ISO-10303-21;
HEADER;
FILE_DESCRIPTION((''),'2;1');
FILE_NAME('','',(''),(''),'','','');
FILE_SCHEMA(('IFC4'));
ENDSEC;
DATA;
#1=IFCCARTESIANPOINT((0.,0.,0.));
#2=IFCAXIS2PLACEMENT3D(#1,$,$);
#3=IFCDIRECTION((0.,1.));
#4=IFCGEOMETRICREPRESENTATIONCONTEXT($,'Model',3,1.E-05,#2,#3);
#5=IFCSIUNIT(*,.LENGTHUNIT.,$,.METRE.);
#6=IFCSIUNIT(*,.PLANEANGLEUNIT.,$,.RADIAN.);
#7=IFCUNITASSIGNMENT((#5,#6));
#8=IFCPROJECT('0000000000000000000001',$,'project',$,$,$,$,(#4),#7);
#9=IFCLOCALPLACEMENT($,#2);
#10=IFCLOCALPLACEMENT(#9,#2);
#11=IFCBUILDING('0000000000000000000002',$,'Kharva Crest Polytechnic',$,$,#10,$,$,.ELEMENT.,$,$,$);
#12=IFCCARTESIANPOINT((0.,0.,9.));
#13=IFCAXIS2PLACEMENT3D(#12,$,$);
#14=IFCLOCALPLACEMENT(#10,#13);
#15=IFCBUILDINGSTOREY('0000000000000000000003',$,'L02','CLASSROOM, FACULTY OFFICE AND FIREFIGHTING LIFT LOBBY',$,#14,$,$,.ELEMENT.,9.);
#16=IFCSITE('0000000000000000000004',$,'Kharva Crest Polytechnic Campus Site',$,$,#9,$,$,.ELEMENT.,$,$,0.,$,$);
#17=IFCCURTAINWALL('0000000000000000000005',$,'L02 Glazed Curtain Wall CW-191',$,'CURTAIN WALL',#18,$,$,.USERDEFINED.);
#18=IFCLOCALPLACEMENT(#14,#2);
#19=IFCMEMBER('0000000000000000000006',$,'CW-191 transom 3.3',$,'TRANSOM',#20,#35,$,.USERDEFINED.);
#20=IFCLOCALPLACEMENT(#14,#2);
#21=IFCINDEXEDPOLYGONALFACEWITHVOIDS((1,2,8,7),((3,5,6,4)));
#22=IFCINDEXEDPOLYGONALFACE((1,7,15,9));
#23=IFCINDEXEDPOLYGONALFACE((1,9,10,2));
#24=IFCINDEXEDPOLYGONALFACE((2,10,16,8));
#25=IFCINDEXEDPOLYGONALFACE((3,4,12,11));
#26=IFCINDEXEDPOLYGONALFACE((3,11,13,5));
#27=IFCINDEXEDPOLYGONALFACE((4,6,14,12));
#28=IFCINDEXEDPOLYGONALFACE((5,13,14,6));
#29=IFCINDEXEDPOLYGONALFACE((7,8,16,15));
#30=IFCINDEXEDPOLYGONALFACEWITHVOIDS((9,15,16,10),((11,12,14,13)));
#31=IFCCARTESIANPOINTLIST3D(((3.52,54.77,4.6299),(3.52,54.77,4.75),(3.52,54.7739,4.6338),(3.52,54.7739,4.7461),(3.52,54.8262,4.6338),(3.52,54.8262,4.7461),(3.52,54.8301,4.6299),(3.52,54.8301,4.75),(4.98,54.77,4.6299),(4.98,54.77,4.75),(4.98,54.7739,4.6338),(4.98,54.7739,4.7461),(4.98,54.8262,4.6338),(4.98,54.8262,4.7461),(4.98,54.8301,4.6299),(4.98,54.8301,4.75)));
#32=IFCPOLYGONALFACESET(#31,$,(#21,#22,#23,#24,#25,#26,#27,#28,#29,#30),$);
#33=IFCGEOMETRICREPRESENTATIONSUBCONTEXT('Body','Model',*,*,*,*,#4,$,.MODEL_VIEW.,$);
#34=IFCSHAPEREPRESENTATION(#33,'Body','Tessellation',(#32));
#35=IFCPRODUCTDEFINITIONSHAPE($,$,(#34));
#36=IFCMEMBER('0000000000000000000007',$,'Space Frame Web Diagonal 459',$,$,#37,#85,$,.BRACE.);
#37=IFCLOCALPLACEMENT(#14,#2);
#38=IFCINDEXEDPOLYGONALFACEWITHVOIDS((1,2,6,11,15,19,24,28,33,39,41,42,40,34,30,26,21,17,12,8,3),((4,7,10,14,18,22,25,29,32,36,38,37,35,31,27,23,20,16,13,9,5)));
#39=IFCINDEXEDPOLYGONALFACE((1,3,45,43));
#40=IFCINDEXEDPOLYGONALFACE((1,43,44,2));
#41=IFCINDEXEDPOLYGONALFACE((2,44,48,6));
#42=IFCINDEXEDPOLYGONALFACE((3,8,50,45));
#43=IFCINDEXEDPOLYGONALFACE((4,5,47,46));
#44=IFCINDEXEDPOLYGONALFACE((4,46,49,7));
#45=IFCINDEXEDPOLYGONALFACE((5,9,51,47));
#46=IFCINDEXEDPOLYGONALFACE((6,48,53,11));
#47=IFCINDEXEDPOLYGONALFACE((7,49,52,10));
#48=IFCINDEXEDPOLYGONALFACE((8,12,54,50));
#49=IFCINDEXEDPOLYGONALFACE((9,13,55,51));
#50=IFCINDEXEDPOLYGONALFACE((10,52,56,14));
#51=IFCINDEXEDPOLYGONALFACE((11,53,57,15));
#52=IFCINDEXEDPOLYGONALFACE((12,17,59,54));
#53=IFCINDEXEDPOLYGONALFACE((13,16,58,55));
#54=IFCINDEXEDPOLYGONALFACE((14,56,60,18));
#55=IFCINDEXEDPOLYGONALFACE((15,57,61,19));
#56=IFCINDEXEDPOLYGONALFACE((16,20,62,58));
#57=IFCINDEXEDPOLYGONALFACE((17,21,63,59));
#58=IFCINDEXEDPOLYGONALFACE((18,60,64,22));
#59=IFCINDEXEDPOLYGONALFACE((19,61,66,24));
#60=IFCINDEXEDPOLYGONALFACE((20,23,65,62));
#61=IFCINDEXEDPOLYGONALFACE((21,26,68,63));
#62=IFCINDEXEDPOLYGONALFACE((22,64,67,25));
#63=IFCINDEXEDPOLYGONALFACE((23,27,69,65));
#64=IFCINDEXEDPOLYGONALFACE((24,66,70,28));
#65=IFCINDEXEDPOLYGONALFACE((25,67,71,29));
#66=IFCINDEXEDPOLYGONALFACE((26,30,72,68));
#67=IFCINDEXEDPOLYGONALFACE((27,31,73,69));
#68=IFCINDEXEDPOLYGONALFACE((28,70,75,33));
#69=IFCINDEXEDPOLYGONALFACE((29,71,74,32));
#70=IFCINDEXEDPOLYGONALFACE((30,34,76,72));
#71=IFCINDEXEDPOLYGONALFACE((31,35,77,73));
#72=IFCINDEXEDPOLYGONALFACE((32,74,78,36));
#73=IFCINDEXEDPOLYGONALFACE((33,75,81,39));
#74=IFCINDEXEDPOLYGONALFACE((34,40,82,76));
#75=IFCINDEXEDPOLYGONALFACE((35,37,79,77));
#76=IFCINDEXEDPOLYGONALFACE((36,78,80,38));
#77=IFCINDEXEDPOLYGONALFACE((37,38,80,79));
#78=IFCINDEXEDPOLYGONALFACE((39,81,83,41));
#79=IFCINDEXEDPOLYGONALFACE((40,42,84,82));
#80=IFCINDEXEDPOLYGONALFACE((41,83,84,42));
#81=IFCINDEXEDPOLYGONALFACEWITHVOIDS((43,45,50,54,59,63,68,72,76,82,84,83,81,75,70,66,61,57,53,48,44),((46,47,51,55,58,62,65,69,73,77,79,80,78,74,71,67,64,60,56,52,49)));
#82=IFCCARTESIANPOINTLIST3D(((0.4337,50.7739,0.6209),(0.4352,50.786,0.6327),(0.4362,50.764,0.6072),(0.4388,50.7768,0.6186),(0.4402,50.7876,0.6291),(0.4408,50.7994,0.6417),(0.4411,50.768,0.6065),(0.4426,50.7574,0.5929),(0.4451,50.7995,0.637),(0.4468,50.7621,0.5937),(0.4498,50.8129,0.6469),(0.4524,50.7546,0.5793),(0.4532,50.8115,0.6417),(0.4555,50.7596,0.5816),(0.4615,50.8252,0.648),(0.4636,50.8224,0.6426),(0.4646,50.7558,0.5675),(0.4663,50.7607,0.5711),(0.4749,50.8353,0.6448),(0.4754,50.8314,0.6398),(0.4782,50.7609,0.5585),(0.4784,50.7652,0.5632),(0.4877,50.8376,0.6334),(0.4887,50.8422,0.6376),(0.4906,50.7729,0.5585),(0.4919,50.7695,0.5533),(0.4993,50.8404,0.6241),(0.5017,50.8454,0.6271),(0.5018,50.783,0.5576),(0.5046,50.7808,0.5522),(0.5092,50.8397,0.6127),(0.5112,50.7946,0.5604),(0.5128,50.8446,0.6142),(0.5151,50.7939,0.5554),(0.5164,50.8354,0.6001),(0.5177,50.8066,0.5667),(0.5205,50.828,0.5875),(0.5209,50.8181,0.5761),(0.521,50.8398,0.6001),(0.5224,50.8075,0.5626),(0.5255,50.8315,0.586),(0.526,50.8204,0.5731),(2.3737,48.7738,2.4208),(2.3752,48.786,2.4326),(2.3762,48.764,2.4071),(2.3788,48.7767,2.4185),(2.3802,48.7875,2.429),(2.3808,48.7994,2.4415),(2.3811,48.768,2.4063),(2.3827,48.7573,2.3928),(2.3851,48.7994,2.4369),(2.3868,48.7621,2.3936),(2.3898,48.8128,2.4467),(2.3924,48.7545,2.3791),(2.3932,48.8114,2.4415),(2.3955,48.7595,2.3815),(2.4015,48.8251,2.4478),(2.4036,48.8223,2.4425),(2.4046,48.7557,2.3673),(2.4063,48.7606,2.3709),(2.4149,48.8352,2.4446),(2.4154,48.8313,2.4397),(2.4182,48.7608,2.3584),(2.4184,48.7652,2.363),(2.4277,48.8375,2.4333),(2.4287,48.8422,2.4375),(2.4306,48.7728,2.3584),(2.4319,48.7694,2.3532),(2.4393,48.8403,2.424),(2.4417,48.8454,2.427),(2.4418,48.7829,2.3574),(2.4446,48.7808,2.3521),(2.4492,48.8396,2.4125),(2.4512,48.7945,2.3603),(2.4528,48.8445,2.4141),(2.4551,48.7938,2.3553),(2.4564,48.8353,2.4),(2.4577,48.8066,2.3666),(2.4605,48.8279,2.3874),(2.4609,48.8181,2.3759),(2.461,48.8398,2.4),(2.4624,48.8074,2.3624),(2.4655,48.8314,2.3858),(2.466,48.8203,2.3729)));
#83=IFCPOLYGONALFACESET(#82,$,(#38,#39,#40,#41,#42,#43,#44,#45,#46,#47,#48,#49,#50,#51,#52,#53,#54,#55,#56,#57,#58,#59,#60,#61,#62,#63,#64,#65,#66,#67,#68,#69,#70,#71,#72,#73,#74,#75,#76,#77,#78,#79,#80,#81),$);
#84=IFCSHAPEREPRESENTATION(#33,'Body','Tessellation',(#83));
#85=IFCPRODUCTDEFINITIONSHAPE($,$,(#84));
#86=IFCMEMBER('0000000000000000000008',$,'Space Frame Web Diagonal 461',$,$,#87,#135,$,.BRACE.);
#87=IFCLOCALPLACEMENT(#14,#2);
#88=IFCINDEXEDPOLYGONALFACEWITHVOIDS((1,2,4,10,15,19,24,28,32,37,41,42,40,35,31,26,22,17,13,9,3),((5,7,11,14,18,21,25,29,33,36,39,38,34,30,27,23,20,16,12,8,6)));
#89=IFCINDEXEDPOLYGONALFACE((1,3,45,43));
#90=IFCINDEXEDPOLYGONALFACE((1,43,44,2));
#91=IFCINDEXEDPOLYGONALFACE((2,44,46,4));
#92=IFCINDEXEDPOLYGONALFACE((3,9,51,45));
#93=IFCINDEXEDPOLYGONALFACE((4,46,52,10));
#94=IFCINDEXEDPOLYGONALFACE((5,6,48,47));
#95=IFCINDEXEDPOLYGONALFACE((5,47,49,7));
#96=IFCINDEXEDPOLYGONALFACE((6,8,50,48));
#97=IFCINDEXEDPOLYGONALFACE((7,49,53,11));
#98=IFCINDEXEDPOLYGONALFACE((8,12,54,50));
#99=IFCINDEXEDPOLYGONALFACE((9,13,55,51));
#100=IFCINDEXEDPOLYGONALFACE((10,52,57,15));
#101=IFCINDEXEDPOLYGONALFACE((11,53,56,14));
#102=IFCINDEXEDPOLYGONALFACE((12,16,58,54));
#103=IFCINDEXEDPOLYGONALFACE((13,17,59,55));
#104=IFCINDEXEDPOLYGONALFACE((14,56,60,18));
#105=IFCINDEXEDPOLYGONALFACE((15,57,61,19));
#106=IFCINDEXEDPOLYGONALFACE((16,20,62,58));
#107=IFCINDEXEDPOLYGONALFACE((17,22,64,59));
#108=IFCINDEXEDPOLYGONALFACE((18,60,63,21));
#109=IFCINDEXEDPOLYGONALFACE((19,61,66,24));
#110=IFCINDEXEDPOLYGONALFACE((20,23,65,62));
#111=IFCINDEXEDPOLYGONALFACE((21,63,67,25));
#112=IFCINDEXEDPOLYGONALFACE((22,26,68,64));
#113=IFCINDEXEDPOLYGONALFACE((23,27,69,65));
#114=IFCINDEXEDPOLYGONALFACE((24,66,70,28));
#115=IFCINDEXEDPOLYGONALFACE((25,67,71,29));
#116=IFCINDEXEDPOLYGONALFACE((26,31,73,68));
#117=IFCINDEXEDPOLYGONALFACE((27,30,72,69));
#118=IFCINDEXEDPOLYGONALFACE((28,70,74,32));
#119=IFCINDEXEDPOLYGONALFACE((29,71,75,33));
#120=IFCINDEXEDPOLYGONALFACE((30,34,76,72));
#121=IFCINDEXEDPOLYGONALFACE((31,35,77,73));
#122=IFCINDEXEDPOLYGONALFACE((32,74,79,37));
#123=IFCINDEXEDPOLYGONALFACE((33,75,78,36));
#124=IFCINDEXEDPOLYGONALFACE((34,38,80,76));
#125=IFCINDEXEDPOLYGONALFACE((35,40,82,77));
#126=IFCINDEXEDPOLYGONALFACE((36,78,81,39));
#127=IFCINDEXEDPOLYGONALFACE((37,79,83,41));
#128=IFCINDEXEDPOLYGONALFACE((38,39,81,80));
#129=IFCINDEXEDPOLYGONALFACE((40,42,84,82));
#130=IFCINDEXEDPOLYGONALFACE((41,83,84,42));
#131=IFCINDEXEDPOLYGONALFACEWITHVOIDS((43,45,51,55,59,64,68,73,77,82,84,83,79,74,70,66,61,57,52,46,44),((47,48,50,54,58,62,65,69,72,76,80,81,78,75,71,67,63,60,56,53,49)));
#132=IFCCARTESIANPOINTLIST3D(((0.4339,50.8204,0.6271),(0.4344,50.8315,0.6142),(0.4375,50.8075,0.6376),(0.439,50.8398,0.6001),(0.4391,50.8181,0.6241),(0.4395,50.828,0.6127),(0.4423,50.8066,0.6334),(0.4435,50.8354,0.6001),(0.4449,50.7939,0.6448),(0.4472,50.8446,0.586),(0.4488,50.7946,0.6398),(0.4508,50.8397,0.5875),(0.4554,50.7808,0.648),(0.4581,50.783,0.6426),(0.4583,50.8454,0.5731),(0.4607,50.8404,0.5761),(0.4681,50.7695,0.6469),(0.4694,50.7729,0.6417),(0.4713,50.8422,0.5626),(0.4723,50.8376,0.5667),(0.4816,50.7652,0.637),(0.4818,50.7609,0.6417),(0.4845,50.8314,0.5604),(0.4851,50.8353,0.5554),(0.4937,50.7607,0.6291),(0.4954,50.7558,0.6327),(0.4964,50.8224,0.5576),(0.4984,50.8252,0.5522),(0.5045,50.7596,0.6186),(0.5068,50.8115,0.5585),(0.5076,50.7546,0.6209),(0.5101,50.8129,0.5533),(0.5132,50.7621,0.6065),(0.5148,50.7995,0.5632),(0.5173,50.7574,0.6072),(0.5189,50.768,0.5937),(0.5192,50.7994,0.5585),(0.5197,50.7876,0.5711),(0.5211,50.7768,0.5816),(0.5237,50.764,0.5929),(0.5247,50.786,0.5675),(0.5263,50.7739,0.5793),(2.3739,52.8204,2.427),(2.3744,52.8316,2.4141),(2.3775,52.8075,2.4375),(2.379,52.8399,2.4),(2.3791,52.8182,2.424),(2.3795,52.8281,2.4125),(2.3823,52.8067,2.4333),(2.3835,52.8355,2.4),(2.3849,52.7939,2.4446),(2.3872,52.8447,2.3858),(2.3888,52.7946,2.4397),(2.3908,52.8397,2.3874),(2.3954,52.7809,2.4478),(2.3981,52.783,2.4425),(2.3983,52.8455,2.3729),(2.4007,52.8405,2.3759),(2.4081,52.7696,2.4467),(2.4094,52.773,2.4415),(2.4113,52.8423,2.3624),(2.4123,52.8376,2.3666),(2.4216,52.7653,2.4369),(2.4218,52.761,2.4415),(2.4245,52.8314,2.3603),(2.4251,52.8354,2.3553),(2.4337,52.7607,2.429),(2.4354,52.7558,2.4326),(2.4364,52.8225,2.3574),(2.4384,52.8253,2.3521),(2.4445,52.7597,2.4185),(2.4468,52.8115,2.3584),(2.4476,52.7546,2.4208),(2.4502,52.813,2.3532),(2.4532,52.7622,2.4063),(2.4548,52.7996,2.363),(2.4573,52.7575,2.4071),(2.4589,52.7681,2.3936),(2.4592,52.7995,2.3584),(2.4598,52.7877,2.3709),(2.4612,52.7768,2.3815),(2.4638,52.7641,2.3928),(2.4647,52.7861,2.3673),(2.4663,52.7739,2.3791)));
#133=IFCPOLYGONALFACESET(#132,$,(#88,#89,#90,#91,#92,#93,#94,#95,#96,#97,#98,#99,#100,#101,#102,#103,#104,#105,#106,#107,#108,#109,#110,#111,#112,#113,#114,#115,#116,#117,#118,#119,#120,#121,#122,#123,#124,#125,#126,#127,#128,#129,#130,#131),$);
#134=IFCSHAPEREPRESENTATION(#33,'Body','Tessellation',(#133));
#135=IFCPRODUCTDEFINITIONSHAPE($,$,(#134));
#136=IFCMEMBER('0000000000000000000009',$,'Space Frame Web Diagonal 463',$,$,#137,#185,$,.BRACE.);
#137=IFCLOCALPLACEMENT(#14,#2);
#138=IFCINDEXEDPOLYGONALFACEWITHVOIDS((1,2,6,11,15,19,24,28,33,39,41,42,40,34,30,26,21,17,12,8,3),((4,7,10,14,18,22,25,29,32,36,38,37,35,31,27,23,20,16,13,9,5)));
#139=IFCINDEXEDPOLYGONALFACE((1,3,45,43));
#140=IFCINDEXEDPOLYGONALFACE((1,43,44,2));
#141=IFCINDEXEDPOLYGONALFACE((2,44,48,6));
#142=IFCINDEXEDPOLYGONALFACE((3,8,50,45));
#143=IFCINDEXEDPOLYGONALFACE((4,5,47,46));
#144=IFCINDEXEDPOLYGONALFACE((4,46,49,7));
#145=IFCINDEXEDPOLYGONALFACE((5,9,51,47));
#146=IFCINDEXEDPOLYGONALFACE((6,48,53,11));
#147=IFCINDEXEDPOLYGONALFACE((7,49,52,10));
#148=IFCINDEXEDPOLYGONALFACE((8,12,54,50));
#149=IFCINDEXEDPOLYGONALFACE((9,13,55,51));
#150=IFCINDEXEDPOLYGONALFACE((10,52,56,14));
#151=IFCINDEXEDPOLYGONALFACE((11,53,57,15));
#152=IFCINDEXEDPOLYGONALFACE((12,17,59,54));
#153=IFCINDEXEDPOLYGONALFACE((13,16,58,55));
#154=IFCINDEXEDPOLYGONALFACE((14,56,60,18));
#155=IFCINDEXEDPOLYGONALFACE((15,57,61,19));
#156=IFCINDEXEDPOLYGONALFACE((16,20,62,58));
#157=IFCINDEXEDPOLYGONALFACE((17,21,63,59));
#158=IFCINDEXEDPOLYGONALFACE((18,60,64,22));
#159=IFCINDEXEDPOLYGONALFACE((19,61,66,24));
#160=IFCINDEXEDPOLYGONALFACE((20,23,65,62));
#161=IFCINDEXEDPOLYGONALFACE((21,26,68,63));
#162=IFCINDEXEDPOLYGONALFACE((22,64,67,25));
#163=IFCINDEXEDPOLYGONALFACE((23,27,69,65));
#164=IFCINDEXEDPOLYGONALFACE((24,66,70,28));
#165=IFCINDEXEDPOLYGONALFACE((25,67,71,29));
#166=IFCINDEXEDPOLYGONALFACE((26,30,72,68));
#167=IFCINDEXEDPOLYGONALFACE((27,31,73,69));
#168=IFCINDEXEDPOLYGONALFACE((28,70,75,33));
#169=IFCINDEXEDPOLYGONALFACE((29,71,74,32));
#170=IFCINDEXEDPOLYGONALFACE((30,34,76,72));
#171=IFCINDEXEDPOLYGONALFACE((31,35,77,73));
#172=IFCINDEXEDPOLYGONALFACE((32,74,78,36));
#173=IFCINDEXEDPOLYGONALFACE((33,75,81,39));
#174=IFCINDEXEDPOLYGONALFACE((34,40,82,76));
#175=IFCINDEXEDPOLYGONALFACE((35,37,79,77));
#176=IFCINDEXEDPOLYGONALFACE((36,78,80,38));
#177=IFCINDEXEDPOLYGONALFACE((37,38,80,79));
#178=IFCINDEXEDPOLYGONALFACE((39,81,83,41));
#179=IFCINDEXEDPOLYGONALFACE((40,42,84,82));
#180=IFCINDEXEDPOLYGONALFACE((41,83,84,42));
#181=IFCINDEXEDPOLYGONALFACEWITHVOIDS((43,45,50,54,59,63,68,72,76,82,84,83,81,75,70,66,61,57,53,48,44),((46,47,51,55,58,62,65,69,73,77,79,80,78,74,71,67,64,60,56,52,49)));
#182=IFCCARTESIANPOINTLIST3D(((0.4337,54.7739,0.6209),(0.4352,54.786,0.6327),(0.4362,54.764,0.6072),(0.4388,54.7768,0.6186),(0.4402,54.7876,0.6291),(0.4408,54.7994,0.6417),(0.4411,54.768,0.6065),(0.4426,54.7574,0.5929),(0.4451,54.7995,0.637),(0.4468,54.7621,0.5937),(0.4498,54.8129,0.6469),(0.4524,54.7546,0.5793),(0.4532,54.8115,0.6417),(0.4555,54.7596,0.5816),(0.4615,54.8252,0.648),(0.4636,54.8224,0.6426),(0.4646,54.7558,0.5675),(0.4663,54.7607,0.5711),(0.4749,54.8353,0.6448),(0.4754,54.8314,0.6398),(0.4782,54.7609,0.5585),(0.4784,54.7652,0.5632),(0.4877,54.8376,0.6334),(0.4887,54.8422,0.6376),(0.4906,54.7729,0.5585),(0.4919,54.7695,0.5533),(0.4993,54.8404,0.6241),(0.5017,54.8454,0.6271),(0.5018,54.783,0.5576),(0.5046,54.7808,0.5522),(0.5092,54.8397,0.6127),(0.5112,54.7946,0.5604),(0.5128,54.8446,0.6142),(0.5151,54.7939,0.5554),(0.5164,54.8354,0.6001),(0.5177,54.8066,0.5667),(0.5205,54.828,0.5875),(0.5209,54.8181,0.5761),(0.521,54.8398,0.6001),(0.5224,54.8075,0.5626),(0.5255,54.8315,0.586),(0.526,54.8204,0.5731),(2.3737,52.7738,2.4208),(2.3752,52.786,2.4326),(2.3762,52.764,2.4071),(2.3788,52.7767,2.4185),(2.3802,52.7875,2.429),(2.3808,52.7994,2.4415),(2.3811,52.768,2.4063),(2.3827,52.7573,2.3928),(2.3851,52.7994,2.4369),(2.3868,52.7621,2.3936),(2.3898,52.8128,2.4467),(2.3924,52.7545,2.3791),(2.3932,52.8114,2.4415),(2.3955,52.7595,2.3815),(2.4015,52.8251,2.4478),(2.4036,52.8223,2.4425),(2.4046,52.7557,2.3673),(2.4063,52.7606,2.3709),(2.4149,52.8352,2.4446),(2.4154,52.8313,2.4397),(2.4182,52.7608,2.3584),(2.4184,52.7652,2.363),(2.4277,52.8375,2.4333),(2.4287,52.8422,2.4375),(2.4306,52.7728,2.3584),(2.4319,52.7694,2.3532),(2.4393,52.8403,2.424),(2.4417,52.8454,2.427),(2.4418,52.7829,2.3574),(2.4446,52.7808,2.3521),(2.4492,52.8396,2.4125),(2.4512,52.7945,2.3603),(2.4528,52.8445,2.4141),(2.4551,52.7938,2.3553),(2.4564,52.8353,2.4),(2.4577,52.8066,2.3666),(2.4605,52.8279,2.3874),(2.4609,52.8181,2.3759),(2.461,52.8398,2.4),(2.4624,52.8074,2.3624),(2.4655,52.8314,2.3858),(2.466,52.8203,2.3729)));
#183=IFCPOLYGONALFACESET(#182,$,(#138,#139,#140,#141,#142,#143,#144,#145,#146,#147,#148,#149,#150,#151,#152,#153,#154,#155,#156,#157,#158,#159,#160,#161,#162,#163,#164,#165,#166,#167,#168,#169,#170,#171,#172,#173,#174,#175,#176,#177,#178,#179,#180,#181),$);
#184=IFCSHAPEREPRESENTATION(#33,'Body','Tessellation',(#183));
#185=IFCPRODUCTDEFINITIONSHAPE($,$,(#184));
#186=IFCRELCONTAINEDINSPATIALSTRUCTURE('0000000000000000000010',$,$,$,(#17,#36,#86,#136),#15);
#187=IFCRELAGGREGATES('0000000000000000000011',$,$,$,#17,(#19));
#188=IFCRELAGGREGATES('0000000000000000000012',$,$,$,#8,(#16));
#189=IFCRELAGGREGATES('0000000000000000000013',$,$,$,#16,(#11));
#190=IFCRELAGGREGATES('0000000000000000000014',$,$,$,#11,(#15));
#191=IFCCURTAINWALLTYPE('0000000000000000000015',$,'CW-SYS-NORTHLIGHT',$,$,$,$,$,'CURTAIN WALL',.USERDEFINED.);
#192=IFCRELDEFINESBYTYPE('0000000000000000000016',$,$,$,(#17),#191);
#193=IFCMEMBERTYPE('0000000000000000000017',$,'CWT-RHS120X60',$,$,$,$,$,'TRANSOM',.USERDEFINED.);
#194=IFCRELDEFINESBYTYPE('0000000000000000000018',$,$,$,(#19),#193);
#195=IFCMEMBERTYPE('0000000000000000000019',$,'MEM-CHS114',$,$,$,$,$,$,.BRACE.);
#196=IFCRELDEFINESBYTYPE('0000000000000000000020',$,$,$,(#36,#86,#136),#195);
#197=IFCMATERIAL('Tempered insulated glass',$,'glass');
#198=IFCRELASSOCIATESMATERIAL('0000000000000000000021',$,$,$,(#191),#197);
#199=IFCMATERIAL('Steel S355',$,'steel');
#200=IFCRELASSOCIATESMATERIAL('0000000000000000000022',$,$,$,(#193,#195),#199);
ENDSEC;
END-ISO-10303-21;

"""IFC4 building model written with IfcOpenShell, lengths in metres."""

from ifc_helpers import new_model, si_unit, direction, frame, origin, origin_2d, place, context, subcontext, project, spatial, hollow_rectangle, hollow_circle, extrude, material, material_profile, profile_set, type_object, element, aggregate, save


model = new_model("IFC4")

# Units and contexts
model_context = context("Model", 3, precision=1e-05, world=origin(), true_north=direction((0.0, 1.0)))
body_context = subcontext(model_context, "Body", "Model", "MODEL_VIEW")
ifc_project = project(units=[si_unit("LENGTHUNIT", "METRE"), si_unit("PLANEANGLEUNIT", "RADIAN")], contexts=[model_context])

# Site, building, storey
site_placement = place(None, origin())
site = spatial("IfcSite", under=ifc_project, at=site_placement, Name="Kharva Crest Polytechnic Campus Site", CompositionType="ELEMENT", RefElevation=0.0)
building_placement = place(site_placement, origin())
building = spatial("IfcBuilding", under=site, at=building_placement, Name="Kharva Crest Polytechnic", CompositionType="ELEMENT")
storey_placement = place(building_placement, frame((0.0, 0.0, 9.0)))
storey = spatial("IfcBuildingStorey", under=building, at=storey_placement, Name="L02", Description="CLASSROOM, FACULTY OFFICE AND FIREFIGHTING LIFT LOBBY", CompositionType="ELEMENT", Elevation=9.0)

# Curtain wall, member
ifc_material_1 = material(Name="Tempered insulated glass", Category="glass")
curtain_wall_type = type_object("IfcCurtainWallType", Name="CW-SYS-NORTHLIGHT", ElementType="CURTAIN WALL", PredefinedType="USERDEFINED", material=ifc_material_1)
curtain_wall_placement = place(storey_placement, origin())
curtain_wall = element("IfcCurtainWall", 1, at=curtain_wall_placement, inside=storey, type_object=curtain_wall_type, Name="L02 Glazed Curtain Wall CW-191", ObjectType="CURTAIN WALL", PredefinedType="USERDEFINED")
ifc_material_2 = material(Name="Steel S355", Category="steel")
ifc_material_profile_1 = material_profile(ifc_material_2, hollow_rectangle(XDim=0.0601, YDim=0.1201, WallThickness=0.0039, at=origin_2d()), Name="RHS 120X60X4.0")
ifc_profile_set_1 = profile_set([ifc_material_profile_1], Name="Steel S355")
member_type_1 = type_object("IfcMemberType", Name="CWT-RHS120X60", ElementType="TRANSOM", PredefinedType="USERDEFINED", material=ifc_profile_set_1)
member_1_placement = place(storey_placement, frame((3.52, 54.8, 4.6899), z_axis=(1.0, 0.0, 0.0), x_axis=(0.0, 1.0, 0.0)))
member_1 = element("IfcMember", 2, at=member_1_placement, type_object=member_type_1, Name="CW-191 transom 3.3", ObjectType="TRANSOM", PredefinedType="USERDEFINED", context=body_context, shape_type="SweptSolid", body=[
    extrude(hollow_rectangle(XDim=0.0601, YDim=0.1201, WallThickness=0.0039, at=origin_2d()), origin(), (0.0, 0.0, 1.0), 1.46),
])

# Members
ifc_material_profile_2 = material_profile(ifc_material_2, hollow_circle(Radius=0.0571, WallThickness=0.0063, at=origin_2d()), Name="CHS 114.3X6.3")
ifc_profile_set_2 = profile_set([ifc_material_profile_2], Name="Steel S355")
member_type_2 = type_object("IfcMemberType", Name="MEM-CHS114", PredefinedType="BRACE", material=ifc_profile_set_2)
for number, where, z_axis, x_axis, name in (
    (3, (0.48, 50.8, 0.6001), (0.584843, -0.60295, 0.542596), (0.717802, 0.696247, 0.0), "Space Frame Web Diagonal 459"),
    (4, (0.48, 50.8, 0.6001), (0.584843, 0.60295, 0.542596), (-0.717802, 0.696247, 0.0), "Space Frame Web Diagonal 461"),
    (5, (0.48, 54.8, 0.6001), (0.584843, -0.60295, 0.542596), (0.717802, 0.696247, 0.0), "Space Frame Web Diagonal 463"),
):
    element("IfcMember", number, at=place(storey_placement, frame(where, z_axis=z_axis, x_axis=x_axis)), inside=storey, type_object=member_type_2, Name=name, PredefinedType="BRACE", context=body_context, shape_type="SweptSolid", body=[
        extrude(hollow_circle(Radius=0.0571, WallThickness=0.0063, at=origin_2d()), origin(), (0.0, 0.0, 1.0), 3.3171),
    ])

aggregate(curtain_wall, [member_1])

save(model, "model.ifc")
